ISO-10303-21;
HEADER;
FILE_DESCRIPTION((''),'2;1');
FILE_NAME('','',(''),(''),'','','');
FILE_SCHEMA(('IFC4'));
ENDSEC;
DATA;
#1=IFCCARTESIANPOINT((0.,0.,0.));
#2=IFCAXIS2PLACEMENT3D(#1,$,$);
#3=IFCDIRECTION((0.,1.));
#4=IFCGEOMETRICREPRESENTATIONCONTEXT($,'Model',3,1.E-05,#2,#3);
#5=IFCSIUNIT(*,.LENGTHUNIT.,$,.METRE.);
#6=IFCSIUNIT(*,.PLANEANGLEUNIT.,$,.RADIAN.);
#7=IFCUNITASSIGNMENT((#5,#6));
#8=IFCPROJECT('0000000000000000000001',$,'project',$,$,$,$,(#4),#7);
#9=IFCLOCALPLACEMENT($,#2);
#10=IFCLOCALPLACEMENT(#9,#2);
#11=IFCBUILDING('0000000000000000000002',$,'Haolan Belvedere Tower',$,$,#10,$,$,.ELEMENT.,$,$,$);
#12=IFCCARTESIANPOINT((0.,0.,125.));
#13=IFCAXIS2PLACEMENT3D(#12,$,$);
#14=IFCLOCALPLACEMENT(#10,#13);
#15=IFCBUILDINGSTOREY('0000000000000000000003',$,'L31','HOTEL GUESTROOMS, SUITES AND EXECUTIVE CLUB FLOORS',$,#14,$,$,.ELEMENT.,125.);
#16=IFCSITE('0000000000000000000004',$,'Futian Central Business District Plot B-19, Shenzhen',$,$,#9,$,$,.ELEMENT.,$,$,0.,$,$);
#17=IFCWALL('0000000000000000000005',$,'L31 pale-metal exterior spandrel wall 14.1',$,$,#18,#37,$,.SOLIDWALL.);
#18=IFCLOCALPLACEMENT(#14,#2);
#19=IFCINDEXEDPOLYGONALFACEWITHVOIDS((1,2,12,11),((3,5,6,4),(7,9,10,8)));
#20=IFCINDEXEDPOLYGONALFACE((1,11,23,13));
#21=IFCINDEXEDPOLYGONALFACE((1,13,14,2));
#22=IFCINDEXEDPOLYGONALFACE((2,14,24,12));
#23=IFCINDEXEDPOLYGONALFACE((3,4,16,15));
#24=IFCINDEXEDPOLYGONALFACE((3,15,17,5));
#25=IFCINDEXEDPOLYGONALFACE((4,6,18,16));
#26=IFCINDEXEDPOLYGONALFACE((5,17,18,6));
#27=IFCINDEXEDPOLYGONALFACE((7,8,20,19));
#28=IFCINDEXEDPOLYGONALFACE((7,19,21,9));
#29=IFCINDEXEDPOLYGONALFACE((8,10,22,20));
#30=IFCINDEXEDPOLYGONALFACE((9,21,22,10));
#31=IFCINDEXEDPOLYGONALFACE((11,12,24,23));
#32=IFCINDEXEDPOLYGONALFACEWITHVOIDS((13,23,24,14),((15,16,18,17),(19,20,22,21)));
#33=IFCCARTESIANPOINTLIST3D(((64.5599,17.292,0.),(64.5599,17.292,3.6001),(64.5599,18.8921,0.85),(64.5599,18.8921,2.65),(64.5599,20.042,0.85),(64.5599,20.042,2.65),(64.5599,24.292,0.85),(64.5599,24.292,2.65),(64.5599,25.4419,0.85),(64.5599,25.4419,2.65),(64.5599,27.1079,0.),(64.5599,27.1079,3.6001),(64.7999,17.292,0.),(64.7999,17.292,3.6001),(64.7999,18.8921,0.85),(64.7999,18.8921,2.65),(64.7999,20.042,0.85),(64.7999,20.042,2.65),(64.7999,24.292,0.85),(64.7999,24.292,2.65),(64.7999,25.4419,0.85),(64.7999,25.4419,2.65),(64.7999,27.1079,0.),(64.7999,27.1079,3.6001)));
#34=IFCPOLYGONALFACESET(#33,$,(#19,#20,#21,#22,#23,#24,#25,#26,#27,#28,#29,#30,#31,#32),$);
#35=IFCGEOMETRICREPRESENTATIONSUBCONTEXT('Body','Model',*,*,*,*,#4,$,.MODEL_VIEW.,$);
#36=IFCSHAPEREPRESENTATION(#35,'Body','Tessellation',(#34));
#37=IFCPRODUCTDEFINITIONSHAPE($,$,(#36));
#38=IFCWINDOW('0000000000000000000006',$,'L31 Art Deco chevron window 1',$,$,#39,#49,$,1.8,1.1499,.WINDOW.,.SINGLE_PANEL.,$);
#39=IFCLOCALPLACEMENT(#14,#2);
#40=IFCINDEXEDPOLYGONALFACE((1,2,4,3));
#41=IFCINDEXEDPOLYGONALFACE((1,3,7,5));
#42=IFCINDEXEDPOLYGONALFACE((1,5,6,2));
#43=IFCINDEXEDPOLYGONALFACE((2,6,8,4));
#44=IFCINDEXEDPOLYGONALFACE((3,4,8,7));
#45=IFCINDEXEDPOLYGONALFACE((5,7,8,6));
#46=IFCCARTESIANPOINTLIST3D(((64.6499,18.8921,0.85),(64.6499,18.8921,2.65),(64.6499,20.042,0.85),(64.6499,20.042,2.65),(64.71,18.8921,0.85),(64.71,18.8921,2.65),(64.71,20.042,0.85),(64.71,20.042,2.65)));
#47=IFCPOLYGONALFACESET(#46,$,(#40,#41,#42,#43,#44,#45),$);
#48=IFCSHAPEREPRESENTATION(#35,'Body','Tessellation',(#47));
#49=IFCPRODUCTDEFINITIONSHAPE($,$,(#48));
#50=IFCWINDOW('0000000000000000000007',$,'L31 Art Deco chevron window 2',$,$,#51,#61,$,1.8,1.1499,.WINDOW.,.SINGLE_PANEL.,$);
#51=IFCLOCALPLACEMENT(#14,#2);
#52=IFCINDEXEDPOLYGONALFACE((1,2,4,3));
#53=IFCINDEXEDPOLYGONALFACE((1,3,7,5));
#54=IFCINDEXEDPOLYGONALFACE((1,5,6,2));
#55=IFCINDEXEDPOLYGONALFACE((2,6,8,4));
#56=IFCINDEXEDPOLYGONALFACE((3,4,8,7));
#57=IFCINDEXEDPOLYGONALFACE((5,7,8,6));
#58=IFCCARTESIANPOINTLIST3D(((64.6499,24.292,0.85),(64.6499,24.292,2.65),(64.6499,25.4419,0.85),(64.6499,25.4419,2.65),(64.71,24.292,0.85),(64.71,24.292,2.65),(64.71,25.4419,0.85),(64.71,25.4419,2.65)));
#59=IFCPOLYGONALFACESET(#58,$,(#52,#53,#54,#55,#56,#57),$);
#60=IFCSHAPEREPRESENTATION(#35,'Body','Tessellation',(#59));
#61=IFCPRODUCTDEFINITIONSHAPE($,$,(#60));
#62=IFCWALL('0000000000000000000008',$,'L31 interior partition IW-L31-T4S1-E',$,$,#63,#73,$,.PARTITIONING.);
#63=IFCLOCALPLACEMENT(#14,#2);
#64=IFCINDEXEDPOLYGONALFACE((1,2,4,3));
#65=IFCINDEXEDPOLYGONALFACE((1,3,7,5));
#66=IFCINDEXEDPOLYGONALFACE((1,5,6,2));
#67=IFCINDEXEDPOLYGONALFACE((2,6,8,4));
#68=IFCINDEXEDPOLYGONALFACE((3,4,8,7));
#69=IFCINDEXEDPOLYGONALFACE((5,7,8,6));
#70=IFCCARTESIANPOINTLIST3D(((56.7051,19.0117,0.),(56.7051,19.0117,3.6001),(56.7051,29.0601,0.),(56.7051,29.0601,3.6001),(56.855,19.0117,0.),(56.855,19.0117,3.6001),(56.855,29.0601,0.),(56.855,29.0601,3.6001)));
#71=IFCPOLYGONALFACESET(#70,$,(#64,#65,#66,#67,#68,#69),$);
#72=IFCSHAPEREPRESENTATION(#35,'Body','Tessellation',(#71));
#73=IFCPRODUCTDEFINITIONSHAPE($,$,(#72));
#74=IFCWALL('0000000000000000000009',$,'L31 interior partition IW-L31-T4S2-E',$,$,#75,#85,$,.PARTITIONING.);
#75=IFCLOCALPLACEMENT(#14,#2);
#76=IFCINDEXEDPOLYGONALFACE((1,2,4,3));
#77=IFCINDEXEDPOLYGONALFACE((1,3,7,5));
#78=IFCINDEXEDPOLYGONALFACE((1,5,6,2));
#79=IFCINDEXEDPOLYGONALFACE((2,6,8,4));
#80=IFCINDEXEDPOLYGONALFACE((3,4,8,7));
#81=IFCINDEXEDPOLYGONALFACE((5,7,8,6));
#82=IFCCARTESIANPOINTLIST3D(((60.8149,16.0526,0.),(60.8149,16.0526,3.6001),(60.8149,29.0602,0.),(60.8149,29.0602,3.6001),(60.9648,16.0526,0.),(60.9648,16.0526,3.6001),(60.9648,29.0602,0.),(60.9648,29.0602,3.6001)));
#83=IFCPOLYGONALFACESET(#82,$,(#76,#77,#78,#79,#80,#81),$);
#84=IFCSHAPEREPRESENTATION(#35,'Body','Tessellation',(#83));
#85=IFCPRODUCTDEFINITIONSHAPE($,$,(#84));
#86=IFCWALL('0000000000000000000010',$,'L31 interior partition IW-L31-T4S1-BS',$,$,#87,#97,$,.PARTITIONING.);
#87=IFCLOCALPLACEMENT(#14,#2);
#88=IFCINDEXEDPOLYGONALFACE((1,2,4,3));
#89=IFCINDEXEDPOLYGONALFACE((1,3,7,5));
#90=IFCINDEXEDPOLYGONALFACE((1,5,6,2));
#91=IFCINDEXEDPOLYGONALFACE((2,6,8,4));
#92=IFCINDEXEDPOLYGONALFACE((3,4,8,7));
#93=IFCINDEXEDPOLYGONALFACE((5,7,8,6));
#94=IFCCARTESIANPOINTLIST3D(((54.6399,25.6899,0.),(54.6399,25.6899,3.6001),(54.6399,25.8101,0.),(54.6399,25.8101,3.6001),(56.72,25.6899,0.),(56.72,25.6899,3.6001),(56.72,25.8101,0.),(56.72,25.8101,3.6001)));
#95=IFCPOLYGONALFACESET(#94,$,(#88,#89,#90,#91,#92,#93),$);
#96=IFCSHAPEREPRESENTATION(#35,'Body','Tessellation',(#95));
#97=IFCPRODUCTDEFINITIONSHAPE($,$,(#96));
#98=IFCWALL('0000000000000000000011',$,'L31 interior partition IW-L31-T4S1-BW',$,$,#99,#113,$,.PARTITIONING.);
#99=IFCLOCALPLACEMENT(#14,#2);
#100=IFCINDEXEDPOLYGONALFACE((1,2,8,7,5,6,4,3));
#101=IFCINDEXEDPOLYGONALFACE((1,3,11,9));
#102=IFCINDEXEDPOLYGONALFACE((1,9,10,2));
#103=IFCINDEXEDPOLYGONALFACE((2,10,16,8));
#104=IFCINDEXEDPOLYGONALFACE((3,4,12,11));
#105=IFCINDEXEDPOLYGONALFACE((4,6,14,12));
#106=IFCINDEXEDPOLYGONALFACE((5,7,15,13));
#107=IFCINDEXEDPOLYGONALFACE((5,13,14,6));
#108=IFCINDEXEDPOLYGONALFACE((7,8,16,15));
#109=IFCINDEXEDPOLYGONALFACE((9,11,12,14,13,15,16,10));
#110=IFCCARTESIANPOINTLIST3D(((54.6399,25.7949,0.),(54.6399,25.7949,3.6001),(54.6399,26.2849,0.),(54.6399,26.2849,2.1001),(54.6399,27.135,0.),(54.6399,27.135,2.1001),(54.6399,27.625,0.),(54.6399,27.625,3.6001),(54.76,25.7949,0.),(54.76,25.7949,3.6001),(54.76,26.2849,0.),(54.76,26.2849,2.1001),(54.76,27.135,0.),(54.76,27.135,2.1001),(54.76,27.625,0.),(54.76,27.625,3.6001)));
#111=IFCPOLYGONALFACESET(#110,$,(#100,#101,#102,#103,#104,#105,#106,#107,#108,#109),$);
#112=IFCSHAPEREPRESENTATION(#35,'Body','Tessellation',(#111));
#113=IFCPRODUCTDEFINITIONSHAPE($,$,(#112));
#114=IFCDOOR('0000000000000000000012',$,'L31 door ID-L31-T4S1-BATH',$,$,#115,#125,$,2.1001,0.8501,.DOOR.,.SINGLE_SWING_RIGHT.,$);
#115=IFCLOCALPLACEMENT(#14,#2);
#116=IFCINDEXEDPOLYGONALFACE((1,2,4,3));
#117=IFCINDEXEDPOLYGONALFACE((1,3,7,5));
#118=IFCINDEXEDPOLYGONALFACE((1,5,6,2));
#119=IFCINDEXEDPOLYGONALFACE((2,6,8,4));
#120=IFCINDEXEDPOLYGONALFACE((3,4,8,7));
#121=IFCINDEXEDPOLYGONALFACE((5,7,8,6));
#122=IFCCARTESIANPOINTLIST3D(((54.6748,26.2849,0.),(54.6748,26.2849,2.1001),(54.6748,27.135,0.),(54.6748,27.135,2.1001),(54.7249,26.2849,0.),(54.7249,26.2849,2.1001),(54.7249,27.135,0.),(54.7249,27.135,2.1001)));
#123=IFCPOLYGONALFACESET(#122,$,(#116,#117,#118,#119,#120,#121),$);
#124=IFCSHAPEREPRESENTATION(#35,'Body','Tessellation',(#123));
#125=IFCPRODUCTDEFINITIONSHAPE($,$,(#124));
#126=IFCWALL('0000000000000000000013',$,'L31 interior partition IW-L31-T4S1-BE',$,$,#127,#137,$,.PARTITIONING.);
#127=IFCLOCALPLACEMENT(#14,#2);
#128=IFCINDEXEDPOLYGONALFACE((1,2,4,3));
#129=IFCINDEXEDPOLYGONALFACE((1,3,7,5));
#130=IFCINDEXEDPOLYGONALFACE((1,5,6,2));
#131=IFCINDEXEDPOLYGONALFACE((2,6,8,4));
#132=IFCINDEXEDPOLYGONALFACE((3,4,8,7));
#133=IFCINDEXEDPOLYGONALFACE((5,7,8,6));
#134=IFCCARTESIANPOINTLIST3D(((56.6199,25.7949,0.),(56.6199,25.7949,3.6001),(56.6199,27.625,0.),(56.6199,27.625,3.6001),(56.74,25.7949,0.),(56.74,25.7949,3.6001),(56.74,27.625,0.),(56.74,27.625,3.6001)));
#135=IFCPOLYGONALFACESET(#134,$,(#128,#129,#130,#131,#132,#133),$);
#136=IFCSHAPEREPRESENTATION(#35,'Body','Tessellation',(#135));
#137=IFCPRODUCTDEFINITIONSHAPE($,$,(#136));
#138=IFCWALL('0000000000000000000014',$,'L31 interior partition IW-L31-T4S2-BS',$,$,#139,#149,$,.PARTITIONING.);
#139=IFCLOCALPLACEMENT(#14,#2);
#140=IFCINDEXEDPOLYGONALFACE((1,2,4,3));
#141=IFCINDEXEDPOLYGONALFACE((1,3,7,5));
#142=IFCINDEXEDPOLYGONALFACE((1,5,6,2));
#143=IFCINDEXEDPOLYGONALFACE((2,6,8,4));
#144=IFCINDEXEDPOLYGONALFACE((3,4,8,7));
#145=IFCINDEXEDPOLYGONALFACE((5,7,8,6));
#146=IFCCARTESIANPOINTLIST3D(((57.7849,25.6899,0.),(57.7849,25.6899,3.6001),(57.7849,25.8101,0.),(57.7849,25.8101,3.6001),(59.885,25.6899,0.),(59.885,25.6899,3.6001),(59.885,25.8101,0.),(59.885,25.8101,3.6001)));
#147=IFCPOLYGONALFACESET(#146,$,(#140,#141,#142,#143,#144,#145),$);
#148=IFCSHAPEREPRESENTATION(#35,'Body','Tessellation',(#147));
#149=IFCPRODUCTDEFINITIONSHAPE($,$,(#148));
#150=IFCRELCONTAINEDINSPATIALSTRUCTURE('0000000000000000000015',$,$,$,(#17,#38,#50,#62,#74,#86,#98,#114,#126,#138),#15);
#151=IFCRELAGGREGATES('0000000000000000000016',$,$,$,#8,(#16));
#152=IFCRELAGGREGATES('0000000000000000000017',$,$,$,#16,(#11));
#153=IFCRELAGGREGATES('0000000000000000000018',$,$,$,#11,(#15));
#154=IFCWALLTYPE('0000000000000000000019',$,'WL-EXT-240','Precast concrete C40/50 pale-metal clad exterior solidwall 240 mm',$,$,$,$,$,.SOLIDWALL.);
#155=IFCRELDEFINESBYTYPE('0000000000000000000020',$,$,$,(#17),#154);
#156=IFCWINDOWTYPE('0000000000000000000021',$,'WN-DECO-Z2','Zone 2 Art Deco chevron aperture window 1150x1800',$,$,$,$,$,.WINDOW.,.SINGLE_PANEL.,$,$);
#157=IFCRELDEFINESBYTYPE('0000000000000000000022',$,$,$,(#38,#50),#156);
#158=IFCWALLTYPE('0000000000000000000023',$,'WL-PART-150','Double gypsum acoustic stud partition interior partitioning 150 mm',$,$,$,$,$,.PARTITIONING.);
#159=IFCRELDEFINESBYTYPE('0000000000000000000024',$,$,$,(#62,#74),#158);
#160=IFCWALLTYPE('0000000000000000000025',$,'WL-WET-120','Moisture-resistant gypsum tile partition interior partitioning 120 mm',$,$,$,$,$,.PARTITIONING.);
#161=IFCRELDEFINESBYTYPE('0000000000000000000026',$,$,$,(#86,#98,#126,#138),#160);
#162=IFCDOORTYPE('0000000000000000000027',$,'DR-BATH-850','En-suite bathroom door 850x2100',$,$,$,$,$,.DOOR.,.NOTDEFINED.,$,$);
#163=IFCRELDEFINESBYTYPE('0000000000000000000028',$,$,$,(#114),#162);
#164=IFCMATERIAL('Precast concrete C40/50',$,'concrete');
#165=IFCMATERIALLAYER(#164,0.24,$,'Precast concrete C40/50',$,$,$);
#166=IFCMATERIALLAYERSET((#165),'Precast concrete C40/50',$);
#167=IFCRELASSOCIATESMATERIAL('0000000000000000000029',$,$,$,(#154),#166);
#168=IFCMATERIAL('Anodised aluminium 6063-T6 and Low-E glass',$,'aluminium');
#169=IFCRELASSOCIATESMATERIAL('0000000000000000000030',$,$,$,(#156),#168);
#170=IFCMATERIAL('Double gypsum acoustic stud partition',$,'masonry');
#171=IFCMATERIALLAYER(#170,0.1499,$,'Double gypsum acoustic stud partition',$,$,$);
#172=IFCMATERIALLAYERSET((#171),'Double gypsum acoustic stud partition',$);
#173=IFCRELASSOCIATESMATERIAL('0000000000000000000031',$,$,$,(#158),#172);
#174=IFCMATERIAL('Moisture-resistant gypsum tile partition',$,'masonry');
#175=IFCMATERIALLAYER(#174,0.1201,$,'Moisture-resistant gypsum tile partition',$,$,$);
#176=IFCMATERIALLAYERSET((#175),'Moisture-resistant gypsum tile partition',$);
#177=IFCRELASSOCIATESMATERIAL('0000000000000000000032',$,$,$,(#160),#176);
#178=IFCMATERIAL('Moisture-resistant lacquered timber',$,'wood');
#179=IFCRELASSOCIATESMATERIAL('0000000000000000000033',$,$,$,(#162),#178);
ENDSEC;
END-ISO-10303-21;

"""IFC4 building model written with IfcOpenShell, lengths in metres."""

from ifc_helpers import new_model, si_unit, direction, frame, frame_2d, origin, place, context, subcontext, project, spatial, rectangle, extrude, material, layer, layer_set, type_object, element, fill, save


model = new_model("IFC4")

# Units and contexts
model_context = context("Model", 3, precision=1e-05, world=origin(), true_north=direction((0.0, 1.0)))
body_context = subcontext(model_context, "Body", "Model", "MODEL_VIEW")
ifc_project = project(units=[si_unit("LENGTHUNIT", "METRE"), si_unit("PLANEANGLEUNIT", "RADIAN")], contexts=[model_context])

# Site, building, storey
site_placement = place(None, origin())
site = spatial("IfcSite", under=ifc_project, at=site_placement, Name="Futian Central Business District Plot B-19, Shenzhen", CompositionType="ELEMENT", RefElevation=0.0)
building_placement = place(site_placement, origin())
building = spatial("IfcBuilding", under=site, at=building_placement, Name="Haolan Belvedere Tower", CompositionType="ELEMENT")
storey_placement = place(building_placement, frame((0.0, 0.0, 125.0)))
storey = spatial("IfcBuildingStorey", under=building, at=storey_placement, Name="L31", Description="HOTEL GUESTROOMS, SUITES AND EXECUTIVE CLUB FLOORS", CompositionType="ELEMENT", Elevation=125.0)

# Shared definitions
ifc_material_1 = material(Name="Precast concrete C40/50", Category="concrete")
ifc_layer_1 = layer(ifc_material_1, 0.24, Name="Precast concrete C40/50")
ifc_layer_set_1 = layer_set([ifc_layer_1], Name="Precast concrete C40/50")
wall_type_1 = type_object("IfcWallType", Name="WL-EXT-240", Description="Precast concrete C40/50 pale-metal clad exterior solidwall 240 mm", PredefinedType="SOLIDWALL", material=ifc_layer_set_1)
ifc_material_2 = material(Name="Anodised aluminium 6063-T6 and Low-E glass", Category="aluminium")
window_type = type_object("IfcWindowType", Name="WN-DECO-Z2", Description="Zone 2 Art Deco chevron aperture window 1150x1800", PartitioningType="SINGLE_PANEL", PredefinedType="WINDOW", material=ifc_material_2)

# Wall, openings, windows
wall_1_placement = place(storey_placement, frame((64.6799, 17.292, 0.0), z_axis=(0.0, 0.0, 1.0), x_axis=(0.0, 1.0, 0.0)))
wall_1 = element("IfcWall", 1, at=wall_1_placement, inside=storey, type_object=wall_type_1, Name="L31 pale-metal exterior spandrel wall 14.1", PredefinedType="SOLIDWALL", context=body_context, shape_type="SweptSolid", body=[
    extrude(rectangle(XDim=9.8159, YDim=0.24, at=frame_2d((4.908, 0.0))), origin(), (0.0, 0.0, 1.0), 3.6001),
])
opening_1_placement = place(wall_1_placement, frame((1.6001, 0.0, 0.8501)))
opening_1 = element("IfcOpeningElement", 2, at=opening_1_placement, cuts=wall_1, PredefinedType="OPENING", context=body_context, shape_type="SweptSolid", body=[
    extrude(rectangle(XDim=1.1499, YDim=1.8, at=frame_2d((0.575, 0.8999))), frame((0.0, 0.1299, 0.0), z_axis=(0.0, -1.0, 0.0), x_axis=(1.0, 0.0, 0.0)), (0.0, 0.0, 1.0), 0.26),
])
opening_2_placement = place(wall_1_placement, frame((7.0, 0.0, 0.8501)))
opening_2 = element("IfcOpeningElement", 3, at=opening_2_placement, cuts=wall_1, PredefinedType="OPENING", context=body_context, shape_type="SweptSolid", body=[
    extrude(rectangle(XDim=1.1499, YDim=1.8, at=frame_2d((0.575, 0.8999))), frame((0.0, 0.1299, 0.0), z_axis=(0.0, -1.0, 0.0), x_axis=(1.0, 0.0, 0.0)), (0.0, 0.0, 1.0), 0.26),
])
window_1_placement = place(opening_1_placement, origin())
window_1 = element("IfcWindow", 4, at=window_1_placement, inside=storey, type_object=window_type, Name="L31 Art Deco chevron window 1", OverallHeight=1.8, OverallWidth=1.1499, PartitioningType="SINGLE_PANEL", PredefinedType="WINDOW", context=body_context, shape_type="SweptSolid", body=[
    extrude(rectangle(XDim=1.1499, YDim=1.8, at=frame_2d((0.575, 0.8999))), frame((0.0, 0.03, 0.0), z_axis=(0.0, -1.0, 0.0), x_axis=(1.0, 0.0, 0.0)), (0.0, 0.0, 1.0), 0.0601),
])
fill(opening_1, window_1)
window_2_placement = place(opening_2_placement, origin())
window_2 = element("IfcWindow", 5, at=window_2_placement, inside=storey, type_object=window_type, Name="L31 Art Deco chevron window 2", OverallHeight=1.8, OverallWidth=1.1499, PartitioningType="SINGLE_PANEL", PredefinedType="WINDOW", context=body_context, shape_type="SweptSolid", body=[
    extrude(rectangle(XDim=1.1499, YDim=1.8, at=frame_2d((0.575, 0.8999))), frame((0.0, 0.03, 0.0), z_axis=(0.0, -1.0, 0.0), x_axis=(1.0, 0.0, 0.0)), (0.0, 0.0, 1.0), 0.0601),
])
fill(opening_2, window_2)

# Walls
ifc_material_3 = material(Name="Double gypsum acoustic stud partition", Category="masonry")
ifc_layer_2 = layer(ifc_material_3, 0.1499, Name="Double gypsum acoustic stud partition")
ifc_layer_set_2 = layer_set([ifc_layer_2], Name="Double gypsum acoustic stud partition")
wall_type_2 = type_object("IfcWallType", Name="WL-PART-150", Description="Double gypsum acoustic stud partition interior partitioning 150 mm", PredefinedType="PARTITIONING", material=ifc_layer_set_2)
wall_2_placement = place(storey_placement, frame((56.78, 19.0117, 0.0), z_axis=(0.0, 0.0, 1.0), x_axis=(0.0, 1.0, 0.0)))
element("IfcWall", 6, at=wall_2_placement, inside=storey, type_object=wall_type_2, Name="L31 interior partition IW-L31-T4S1-E", PredefinedType="PARTITIONING", context=body_context, shape_type="SweptSolid", body=[
    extrude(rectangle(XDim=10.0483, YDim=0.1499, at=frame_2d((5.0242, 0.0))), origin(), (0.0, 0.0, 1.0), 3.6001),
])
wall_3_placement = place(storey_placement, frame((60.8899, 16.0525, 0.0), z_axis=(0.0, 0.0, 1.0), x_axis=(0.0, 1.0, 0.0)))
element("IfcWall", 7, at=wall_3_placement, inside=storey, type_object=wall_type_2, Name="L31 interior partition IW-L31-T4S2-E", PredefinedType="PARTITIONING", context=body_context, shape_type="SweptSolid", body=[
    extrude(rectangle(XDim=13.0076, YDim=0.1499, at=frame_2d((6.5039, 0.0))), origin(), (0.0, 0.0, 1.0), 3.6001),
])
ifc_material_4 = material(Name="Moisture-resistant gypsum tile partition", Category="masonry")
ifc_layer_3 = layer(ifc_material_4, 0.1201, Name="Moisture-resistant gypsum tile partition")
ifc_layer_set_3 = layer_set([ifc_layer_3], Name="Moisture-resistant gypsum tile partition")
wall_type_3 = type_object("IfcWallType", Name="WL-WET-120", Description="Moisture-resistant gypsum tile partition interior partitioning 120 mm", PredefinedType="PARTITIONING", material=ifc_layer_set_3)
wall_4_placement = place(storey_placement, frame((54.6399, 25.75, 0.0), z_axis=(0.0, 0.0, 1.0), x_axis=(1.0, 0.0, 0.0)))
element("IfcWall", 8, at=wall_4_placement, inside=storey, type_object=wall_type_3, Name="L31 interior partition IW-L31-T4S1-BS", PredefinedType="PARTITIONING", context=body_context, shape_type="SweptSolid", body=[
    extrude(rectangle(XDim=2.0801, YDim=0.1201, at=frame_2d((1.04, 0.0))), origin(), (0.0, 0.0, 1.0), 3.6001),
])

# Wall, opening, door
wall_5_placement = place(storey_placement, frame((54.7, 25.7949, 0.0), z_axis=(0.0, 0.0, 1.0), x_axis=(0.0, 1.0, 0.0)))
wall_5 = element("IfcWall", 9, at=wall_5_placement, inside=storey, type_object=wall_type_3, Name="L31 interior partition IW-L31-T4S1-BW", PredefinedType="PARTITIONING", context=body_context, shape_type="SweptSolid", body=[
    extrude(rectangle(XDim=1.8301, YDim=0.1201, at=frame_2d((0.915, 0.0))), origin(), (0.0, 0.0, 1.0), 3.6001),
])
opening_3_placement = place(wall_5_placement, frame((1.3401, 0.0, 0.0), z_axis=(0.0, 0.0, 1.0), x_axis=(-1.0, 0.0, 0.0)))
opening_3 = element("IfcOpeningElement", 10, at=opening_3_placement, cuts=wall_5, PredefinedType="OPENING", context=body_context, shape_type="SweptSolid", body=[
    extrude(rectangle(XDim=0.8501, YDim=2.1001, at=frame_2d((0.425, 1.05))), frame((0.0, 0.0701, 0.0), z_axis=(0.0, -1.0, 0.0), x_axis=(1.0, 0.0, 0.0)), (0.0, 0.0, 1.0), 0.1401),
])
ifc_material_5 = material(Name="Moisture-resistant lacquered timber", Category="wood")
door_type = type_object("IfcDoorType", Name="DR-BATH-850", Description="En-suite bathroom door 850x2100", OperationType="NOTDEFINED", PredefinedType="DOOR", material=ifc_material_5)
door_1_placement = place(opening_3_placement, origin())
door_1 = element("IfcDoor", 11, at=door_1_placement, inside=storey, type_object=door_type, Name="L31 door ID-L31-T4S1-BATH", OperationType="SINGLE_SWING_RIGHT", OverallHeight=2.1001, OverallWidth=0.8501, PredefinedType="DOOR", context=body_context, shape_type="SweptSolid", body=[
    extrude(rectangle(XDim=0.8501, YDim=2.1001, at=frame_2d((0.425, 1.05))), frame((0.0, 0.0249, 0.0), z_axis=(0.0, -1.0, 0.0), x_axis=(1.0, 0.0, 0.0)), (0.0, 0.0, 1.0), 0.05),
])
fill(opening_3, door_1)

# Walls
wall_6_placement = place(storey_placement, frame((56.6799, 25.7949, 0.0), z_axis=(0.0, 0.0, 1.0), x_axis=(0.0, 1.0, 0.0)))
element("IfcWall", 12, at=wall_6_placement, inside=storey, type_object=wall_type_3, Name="L31 interior partition IW-L31-T4S1-BE", PredefinedType="PARTITIONING", context=body_context, shape_type="SweptSolid", body=[
    extrude(rectangle(XDim=1.8301, YDim=0.1201, at=frame_2d((0.915, 0.0))), origin(), (0.0, 0.0, 1.0), 3.6001),
])
wall_7_placement = place(storey_placement, frame((57.7849, 25.75, 0.0), z_axis=(0.0, 0.0, 1.0), x_axis=(1.0, 0.0, 0.0)))
element("IfcWall", 13, at=wall_7_placement, inside=storey, type_object=wall_type_3, Name="L31 interior partition IW-L31-T4S2-BS", PredefinedType="PARTITIONING", context=body_context, shape_type="SweptSolid", body=[
    extrude(rectangle(XDim=2.1001, YDim=0.1201, at=frame_2d((1.05, 0.0))), origin(), (0.0, 0.0, 1.0), 3.6001),
])

save(model, "model.ifc")
